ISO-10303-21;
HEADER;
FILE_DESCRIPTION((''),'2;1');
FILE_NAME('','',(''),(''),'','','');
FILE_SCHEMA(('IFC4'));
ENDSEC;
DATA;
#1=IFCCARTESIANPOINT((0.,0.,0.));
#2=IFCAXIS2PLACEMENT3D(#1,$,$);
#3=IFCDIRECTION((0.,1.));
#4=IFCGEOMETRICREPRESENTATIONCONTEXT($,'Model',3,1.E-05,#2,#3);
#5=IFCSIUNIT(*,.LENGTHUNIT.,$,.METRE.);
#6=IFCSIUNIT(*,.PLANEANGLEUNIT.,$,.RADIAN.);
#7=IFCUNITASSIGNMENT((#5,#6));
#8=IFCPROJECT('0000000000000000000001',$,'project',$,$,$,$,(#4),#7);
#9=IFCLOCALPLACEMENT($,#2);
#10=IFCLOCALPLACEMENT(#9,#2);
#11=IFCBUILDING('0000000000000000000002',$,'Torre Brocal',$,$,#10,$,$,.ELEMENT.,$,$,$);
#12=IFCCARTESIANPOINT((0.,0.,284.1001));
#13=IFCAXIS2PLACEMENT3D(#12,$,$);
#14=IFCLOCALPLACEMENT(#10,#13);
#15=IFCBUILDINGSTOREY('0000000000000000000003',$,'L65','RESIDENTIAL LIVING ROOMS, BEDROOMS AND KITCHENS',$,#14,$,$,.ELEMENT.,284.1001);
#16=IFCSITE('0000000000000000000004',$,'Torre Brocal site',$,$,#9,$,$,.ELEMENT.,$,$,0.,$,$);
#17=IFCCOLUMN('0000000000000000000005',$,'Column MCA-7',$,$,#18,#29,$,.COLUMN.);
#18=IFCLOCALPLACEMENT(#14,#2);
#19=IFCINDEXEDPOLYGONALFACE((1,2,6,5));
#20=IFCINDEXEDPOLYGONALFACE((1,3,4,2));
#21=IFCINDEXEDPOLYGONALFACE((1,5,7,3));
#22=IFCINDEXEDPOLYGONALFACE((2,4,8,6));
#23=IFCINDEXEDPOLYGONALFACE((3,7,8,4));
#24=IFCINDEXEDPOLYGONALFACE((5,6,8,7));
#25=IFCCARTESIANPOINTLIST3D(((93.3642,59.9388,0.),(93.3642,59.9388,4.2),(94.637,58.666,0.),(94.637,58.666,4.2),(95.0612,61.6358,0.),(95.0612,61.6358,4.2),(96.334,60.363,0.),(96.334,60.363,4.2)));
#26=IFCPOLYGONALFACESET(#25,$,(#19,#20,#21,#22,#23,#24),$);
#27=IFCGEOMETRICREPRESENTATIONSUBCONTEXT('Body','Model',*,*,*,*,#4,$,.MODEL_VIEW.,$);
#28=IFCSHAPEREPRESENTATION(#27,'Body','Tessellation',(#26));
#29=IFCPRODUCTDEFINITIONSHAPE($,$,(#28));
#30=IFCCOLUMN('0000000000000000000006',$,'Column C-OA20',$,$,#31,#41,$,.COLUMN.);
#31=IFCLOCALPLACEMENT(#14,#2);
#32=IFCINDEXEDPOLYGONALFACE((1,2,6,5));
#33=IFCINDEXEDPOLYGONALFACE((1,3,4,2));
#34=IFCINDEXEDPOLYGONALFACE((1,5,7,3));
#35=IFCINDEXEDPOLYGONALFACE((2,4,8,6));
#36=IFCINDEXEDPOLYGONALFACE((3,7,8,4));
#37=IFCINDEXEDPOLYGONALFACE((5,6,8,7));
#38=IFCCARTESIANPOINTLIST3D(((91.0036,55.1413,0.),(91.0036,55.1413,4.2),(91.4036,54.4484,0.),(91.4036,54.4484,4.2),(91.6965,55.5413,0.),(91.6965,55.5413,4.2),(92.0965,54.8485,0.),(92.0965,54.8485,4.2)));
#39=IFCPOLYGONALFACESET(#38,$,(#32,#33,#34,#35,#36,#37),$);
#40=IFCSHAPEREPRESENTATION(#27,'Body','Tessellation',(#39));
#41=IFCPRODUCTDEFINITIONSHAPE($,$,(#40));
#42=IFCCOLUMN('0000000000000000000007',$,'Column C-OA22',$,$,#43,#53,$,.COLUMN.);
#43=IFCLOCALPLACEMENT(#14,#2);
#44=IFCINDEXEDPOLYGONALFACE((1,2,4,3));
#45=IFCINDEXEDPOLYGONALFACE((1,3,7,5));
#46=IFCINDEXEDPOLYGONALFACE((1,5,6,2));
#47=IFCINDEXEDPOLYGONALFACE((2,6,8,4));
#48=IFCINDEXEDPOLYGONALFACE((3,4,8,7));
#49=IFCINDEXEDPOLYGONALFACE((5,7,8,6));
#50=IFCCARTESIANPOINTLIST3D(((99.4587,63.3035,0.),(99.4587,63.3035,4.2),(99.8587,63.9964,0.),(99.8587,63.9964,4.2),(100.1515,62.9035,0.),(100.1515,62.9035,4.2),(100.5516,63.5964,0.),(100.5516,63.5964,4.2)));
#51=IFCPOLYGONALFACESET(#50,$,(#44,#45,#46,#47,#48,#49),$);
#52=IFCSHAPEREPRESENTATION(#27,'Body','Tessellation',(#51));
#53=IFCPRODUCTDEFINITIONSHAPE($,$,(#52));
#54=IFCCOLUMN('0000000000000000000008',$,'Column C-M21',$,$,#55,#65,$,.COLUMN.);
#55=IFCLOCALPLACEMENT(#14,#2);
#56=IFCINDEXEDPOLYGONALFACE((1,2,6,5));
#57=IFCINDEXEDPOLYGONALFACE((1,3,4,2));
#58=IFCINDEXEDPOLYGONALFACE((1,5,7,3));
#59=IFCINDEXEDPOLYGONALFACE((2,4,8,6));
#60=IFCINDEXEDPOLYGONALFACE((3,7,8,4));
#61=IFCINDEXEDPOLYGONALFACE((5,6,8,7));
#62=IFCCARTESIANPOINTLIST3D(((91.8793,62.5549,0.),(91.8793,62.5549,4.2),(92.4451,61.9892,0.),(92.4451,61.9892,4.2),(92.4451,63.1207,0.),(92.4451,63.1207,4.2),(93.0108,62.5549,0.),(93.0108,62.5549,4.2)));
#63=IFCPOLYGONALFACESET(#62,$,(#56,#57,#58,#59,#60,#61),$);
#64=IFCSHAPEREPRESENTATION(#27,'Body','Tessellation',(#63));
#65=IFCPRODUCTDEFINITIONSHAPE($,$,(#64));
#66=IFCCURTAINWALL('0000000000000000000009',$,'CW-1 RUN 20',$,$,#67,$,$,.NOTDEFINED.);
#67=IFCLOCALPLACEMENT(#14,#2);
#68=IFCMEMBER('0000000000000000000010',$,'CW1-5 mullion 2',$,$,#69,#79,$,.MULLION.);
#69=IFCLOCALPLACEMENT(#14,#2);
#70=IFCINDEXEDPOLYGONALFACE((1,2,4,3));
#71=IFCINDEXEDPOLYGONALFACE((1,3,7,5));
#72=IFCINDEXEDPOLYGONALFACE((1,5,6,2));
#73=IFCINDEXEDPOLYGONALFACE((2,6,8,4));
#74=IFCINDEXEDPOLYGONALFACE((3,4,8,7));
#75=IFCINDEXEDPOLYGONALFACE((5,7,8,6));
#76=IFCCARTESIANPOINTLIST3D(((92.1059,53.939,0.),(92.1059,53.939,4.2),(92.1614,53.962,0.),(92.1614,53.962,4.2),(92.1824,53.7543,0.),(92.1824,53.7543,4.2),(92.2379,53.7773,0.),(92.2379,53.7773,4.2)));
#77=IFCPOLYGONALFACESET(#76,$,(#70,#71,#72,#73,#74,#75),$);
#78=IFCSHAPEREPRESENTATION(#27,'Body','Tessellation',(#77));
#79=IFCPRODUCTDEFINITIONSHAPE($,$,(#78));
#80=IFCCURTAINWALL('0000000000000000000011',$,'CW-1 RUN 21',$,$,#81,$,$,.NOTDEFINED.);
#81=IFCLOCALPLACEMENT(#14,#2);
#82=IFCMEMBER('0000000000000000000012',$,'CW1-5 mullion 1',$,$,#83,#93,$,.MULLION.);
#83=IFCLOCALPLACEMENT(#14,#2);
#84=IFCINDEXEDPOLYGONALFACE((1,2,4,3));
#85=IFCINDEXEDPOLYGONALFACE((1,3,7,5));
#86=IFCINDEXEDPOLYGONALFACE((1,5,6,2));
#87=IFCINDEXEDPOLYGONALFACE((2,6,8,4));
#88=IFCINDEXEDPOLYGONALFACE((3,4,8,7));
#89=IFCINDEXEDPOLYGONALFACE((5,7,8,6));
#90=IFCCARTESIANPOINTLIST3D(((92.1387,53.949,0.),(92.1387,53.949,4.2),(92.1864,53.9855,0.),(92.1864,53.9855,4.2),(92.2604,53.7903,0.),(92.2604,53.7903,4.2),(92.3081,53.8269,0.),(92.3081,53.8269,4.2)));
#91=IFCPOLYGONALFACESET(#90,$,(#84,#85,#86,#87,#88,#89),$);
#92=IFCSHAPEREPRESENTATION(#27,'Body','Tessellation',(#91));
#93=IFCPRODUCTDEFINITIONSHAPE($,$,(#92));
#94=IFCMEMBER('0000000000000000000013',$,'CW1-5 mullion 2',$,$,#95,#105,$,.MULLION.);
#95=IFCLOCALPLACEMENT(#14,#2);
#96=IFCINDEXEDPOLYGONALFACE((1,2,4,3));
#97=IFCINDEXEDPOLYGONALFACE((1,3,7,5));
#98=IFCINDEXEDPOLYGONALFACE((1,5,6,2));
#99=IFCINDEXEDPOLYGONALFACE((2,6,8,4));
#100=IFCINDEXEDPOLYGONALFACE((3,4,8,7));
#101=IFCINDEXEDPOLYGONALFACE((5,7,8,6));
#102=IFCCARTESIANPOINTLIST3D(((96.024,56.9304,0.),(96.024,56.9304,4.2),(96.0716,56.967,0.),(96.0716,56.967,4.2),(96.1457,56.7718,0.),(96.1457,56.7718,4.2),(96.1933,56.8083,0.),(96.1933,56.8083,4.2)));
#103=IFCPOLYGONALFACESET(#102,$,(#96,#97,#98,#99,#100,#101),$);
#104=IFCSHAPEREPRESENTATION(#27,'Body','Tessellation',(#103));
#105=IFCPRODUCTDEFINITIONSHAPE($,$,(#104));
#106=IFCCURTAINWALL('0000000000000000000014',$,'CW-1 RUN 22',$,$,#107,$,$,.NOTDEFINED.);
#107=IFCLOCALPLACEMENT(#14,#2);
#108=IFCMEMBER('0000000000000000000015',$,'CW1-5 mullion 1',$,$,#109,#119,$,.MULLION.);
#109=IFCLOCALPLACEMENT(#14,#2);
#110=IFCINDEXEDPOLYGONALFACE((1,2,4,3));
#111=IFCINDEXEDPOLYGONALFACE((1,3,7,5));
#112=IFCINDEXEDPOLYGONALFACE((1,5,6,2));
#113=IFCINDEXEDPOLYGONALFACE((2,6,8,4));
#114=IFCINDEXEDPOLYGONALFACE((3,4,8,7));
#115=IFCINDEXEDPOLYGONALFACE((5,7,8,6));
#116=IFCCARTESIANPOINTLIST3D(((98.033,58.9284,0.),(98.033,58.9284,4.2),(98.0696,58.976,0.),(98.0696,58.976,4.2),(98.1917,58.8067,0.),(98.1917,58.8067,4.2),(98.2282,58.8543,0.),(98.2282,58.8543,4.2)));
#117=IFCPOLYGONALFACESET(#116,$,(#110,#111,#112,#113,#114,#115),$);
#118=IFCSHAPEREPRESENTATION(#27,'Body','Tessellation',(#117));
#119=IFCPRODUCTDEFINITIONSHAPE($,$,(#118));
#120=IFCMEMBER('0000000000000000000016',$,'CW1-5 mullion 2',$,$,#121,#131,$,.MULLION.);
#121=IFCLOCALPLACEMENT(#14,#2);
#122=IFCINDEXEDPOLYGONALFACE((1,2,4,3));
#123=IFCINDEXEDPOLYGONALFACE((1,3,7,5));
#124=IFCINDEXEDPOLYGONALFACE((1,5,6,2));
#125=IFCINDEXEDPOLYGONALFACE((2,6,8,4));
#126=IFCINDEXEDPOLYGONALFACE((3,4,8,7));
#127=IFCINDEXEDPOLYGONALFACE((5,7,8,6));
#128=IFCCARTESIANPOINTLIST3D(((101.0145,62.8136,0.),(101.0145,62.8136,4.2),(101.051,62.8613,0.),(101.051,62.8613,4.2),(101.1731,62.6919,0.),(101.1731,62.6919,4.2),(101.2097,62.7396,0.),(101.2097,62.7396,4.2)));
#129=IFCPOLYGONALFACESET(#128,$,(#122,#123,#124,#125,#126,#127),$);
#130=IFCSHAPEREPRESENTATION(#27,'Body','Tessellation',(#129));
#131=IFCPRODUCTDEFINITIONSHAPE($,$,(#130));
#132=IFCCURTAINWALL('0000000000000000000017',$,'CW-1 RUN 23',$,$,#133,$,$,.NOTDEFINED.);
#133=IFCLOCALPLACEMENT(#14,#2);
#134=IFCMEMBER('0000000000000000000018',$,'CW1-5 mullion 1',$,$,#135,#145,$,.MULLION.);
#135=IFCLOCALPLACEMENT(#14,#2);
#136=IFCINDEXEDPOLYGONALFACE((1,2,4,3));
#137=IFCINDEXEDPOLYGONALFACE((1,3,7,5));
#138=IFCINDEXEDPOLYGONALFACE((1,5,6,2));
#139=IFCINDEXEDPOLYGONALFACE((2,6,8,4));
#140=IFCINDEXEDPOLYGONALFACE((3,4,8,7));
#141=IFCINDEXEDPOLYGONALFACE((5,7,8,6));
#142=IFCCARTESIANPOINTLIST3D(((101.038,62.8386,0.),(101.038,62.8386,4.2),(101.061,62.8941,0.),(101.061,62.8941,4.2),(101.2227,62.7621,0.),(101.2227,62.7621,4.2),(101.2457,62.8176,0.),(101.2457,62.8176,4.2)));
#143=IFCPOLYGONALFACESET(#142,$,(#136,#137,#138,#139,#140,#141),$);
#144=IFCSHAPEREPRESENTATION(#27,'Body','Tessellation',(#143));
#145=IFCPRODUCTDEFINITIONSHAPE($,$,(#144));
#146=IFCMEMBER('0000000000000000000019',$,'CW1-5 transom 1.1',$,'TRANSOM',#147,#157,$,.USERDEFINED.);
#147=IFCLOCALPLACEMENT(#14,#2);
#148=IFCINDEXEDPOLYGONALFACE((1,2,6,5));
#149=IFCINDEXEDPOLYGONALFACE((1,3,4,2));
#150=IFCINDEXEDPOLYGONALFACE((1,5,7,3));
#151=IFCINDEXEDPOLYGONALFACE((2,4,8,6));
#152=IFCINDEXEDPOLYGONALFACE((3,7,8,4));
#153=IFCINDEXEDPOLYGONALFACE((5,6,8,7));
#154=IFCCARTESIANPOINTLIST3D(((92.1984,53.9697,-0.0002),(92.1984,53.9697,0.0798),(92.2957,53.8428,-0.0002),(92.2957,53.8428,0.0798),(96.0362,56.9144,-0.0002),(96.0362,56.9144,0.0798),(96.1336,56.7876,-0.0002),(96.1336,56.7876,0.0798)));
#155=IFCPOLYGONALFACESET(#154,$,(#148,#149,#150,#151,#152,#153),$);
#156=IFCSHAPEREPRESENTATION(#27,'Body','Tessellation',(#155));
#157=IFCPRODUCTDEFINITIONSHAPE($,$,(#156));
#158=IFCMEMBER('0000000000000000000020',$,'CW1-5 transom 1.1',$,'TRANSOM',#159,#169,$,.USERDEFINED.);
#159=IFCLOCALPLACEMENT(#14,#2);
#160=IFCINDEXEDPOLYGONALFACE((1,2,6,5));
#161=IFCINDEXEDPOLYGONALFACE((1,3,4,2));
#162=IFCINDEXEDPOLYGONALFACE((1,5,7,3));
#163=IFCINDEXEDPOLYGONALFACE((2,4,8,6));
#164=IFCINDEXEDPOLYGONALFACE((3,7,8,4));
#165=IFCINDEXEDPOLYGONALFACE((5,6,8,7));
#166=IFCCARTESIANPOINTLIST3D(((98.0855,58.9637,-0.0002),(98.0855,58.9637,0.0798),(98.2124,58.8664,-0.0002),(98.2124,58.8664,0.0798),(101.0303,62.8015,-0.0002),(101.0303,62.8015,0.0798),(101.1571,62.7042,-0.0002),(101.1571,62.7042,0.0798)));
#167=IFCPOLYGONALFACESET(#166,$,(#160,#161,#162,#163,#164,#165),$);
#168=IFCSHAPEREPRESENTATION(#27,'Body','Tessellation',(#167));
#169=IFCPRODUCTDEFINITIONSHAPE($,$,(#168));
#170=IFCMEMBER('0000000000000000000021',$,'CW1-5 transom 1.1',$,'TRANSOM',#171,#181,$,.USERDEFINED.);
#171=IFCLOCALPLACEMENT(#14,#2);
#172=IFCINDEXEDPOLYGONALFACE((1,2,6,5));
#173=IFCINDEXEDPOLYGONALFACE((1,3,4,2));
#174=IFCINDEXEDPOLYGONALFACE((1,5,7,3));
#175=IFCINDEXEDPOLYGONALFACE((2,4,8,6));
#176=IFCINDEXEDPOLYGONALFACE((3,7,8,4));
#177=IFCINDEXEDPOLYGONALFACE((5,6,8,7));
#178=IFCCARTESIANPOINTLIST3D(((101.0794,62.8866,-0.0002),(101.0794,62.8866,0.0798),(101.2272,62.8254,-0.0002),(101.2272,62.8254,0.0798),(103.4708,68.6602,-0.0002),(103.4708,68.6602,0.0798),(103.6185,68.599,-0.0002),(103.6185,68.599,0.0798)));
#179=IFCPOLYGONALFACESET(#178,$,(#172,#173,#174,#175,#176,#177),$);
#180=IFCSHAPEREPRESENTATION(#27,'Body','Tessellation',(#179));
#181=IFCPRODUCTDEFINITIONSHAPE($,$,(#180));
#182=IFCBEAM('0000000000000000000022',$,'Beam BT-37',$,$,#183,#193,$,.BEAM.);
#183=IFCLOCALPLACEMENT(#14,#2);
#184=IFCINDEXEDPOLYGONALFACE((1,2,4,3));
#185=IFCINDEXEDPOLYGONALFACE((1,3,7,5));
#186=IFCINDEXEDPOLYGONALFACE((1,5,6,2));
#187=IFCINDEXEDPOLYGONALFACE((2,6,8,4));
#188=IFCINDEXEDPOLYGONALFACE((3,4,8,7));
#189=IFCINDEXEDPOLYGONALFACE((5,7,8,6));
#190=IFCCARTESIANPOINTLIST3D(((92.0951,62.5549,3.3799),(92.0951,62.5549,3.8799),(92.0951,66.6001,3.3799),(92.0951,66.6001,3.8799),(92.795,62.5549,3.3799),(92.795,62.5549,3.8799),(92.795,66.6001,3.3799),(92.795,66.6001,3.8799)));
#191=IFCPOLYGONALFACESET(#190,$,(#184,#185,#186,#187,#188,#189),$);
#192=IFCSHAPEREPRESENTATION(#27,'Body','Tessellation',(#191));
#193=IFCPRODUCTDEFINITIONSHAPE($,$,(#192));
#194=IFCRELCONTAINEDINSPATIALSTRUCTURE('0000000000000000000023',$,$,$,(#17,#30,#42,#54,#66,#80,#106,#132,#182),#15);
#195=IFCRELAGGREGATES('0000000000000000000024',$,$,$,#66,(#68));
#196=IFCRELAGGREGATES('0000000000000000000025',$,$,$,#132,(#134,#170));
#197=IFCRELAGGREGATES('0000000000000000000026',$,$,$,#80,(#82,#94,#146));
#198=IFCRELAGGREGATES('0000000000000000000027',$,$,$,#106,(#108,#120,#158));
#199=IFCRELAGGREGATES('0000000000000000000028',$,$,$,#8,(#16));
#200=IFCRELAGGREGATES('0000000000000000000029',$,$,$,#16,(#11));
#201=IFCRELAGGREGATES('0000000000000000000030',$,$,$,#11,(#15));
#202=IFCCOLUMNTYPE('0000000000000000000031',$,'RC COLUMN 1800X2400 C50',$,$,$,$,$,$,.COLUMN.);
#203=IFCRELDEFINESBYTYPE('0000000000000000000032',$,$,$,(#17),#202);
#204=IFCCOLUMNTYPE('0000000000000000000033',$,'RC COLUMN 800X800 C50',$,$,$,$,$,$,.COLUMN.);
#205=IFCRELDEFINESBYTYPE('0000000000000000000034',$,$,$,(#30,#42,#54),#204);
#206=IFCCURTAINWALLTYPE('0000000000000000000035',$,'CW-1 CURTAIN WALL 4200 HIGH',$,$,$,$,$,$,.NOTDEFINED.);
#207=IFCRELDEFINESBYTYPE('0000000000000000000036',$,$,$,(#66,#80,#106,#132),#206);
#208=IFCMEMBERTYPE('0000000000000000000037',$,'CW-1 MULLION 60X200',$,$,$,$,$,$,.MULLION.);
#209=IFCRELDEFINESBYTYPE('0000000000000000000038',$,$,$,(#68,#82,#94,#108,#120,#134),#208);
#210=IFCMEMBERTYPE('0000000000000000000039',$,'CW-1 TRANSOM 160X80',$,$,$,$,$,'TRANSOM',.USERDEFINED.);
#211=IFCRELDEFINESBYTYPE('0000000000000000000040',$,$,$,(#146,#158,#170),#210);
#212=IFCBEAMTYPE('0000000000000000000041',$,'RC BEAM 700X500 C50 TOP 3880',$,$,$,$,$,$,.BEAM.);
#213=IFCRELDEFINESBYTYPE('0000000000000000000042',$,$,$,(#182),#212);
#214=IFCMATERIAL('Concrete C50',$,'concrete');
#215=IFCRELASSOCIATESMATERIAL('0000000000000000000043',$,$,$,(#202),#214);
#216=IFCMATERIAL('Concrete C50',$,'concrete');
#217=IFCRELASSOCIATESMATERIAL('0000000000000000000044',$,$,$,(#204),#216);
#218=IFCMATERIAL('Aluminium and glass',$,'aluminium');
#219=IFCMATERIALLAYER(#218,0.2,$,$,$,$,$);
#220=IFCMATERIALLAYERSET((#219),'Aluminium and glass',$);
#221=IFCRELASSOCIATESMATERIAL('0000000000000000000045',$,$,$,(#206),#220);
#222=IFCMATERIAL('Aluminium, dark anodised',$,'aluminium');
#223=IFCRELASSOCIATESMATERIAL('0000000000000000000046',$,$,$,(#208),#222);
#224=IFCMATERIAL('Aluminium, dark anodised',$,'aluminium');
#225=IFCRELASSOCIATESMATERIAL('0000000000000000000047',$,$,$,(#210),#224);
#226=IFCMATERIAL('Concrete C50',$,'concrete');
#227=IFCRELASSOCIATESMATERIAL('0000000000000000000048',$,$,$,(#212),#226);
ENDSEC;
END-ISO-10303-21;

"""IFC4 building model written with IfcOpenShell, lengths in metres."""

from ifc_helpers import new_model, si_unit, direction, frame, origin, origin_2d, place, context, subcontext, project, spatial, rectangle, extrude, material, layer, layer_set, material_profile, profile_set, type_object, element, aggregate, save


model = new_model("IFC4")

# Units and contexts
model_context = context("Model", 3, precision=1e-05, world=origin(), true_north=direction((0.0, 1.0)))
body_context = subcontext(model_context, "Body", "Model", "MODEL_VIEW")
ifc_project = project(units=[si_unit("LENGTHUNIT", "METRE"), si_unit("PLANEANGLEUNIT", "RADIAN")], contexts=[model_context])

# Site, building, storey
site_placement = place(None, origin())
site = spatial("IfcSite", under=ifc_project, at=site_placement, Name="Torre Brocal site", CompositionType="ELEMENT", RefElevation=0.0)
building_placement = place(site_placement, origin())
building = spatial("IfcBuilding", under=site, at=building_placement, Name="Torre Brocal", CompositionType="ELEMENT")
storey_placement = place(building_placement, frame((0.0, 0.0, 284.1001)))
storey = spatial("IfcBuildingStorey", under=building, at=storey_placement, Name="L65", Description="RESIDENTIAL LIVING ROOMS, BEDROOMS AND KITCHENS", CompositionType="ELEMENT", Elevation=284.1001)

# Columns
ifc_material_1 = material(Name="Concrete C50", Category="concrete")
ifc_material_profile_1 = material_profile(ifc_material_1, rectangle(XDim=1.8, YDim=2.3999, at=origin_2d()), Name="RC 1800X2400")
ifc_profile_set_1 = profile_set([ifc_material_profile_1], Name="Concrete C50")
column_type_1 = type_object("IfcColumnType", Name="RC COLUMN 1800X2400 C50", PredefinedType="COLUMN", material=ifc_profile_set_1)
column_placement = place(storey_placement, frame((94.8491, 60.1509, 0.0), z_axis=(0.0, 0.0, 1.0), x_axis=(0.707107, -0.707107, 0.0)))
element("IfcColumn", 1, at=column_placement, inside=storey, type_object=column_type_1, Name="Column MCA-7", PredefinedType="COLUMN", context=body_context, shape_type="SweptSolid", body=[
    extrude(rectangle(XDim=1.8, YDim=2.3999, at=origin_2d()), origin(), (0.0, 0.0, 1.0), 4.2),
])
ifc_material_2 = material(Name="Concrete C50", Category="concrete")
ifc_material_profile_2 = material_profile(ifc_material_2, rectangle(XDim=0.8, YDim=0.8, at=origin_2d()), Name="RC 800X800")
ifc_profile_set_2 = profile_set([ifc_material_profile_2], Name="Concrete C50")
column_type_2 = type_object("IfcColumnType", Name="RC COLUMN 800X800 C50", PredefinedType="COLUMN", material=ifc_profile_set_2)
for number, where, z_axis, x_axis, name in (
    (2, (91.55, 54.9949, 0.0), (0.0, 0.0, 1.0), (0.5, -0.866025, 0.0), "Column C-OA20"),
    (3, (100.0051, 63.45, 0.0), (0.0, 0.0, 1.0), (0.866025, -0.5, 0.0), "Column C-OA22"),
    (4, (92.4451, 62.5549, 0.0), (0.0, 0.0, 1.0), (0.707107, -0.707107, 0.0), "Column C-M21"),
):
    element("IfcColumn", number, at=place(storey_placement, frame(where, z_axis=z_axis, x_axis=x_axis)), inside=storey, type_object=column_type_2, Name=name, PredefinedType="COLUMN", context=body_context, shape_type="SweptSolid", body=[
        extrude(rectangle(XDim=0.8, YDim=0.8, at=origin_2d()), origin(), (0.0, 0.0, 1.0), 4.2),
    ])

# Curtain wall, member
ifc_material_3 = material(Name="Aluminium and glass", Category="aluminium")
ifc_layer_1 = layer(ifc_material_3, 0.2)
ifc_layer_set_1 = layer_set([ifc_layer_1], Name="Aluminium and glass")
curtain_wall_type = type_object("IfcCurtainWallType", Name="CW-1 CURTAIN WALL 4200 HIGH", PredefinedType="NOTDEFINED", material=ifc_layer_set_1)
curtain_wall_1_placement = place(storey_placement, origin())
curtain_wall_1 = element("IfcCurtainWall", 5, at=curtain_wall_1_placement, inside=storey, type_object=curtain_wall_type, Name="CW-1 RUN 20", PredefinedType="NOTDEFINED")
ifc_material_4 = material(Name="Aluminium, dark anodised", Category="aluminium")
ifc_material_profile_3 = material_profile(ifc_material_4, rectangle(XDim=0.2, YDim=0.0601, at=origin_2d()), Name="CW-1 MULLION 60X200")
ifc_profile_set_3 = profile_set([ifc_material_profile_3], Name="Aluminium, dark anodised")
member_type_1 = type_object("IfcMemberType", Name="CW-1 MULLION 60X200", PredefinedType="MULLION", material=ifc_profile_set_3)
member_1_placement = place(storey_placement, frame((92.1719, 53.8582, 0.0), z_axis=(0.0, 0.0, 1.0), x_axis=(-0.382683, 0.92388, 0.0)))
member_1 = element("IfcMember", 6, at=member_1_placement, type_object=member_type_1, Name="CW1-5 mullion 2", PredefinedType="MULLION", context=body_context, shape_type="SweptSolid", body=[
    extrude(rectangle(XDim=0.2, YDim=0.0601, at=origin_2d()), origin(), (0.0, 0.0, 1.0), 4.2),
])
aggregate(curtain_wall_1, [member_1])

# Curtain walls, members
curtain_wall_2_placement = place(storey_placement, origin())
curtain_wall_2 = element("IfcCurtainWall", 7, at=curtain_wall_2_placement, inside=storey, type_object=curtain_wall_type, Name="CW-1 RUN 21", PredefinedType="NOTDEFINED")
member_2_placement = place(storey_placement, frame((92.2234, 53.8879, 0.0), z_axis=(0.0, 0.0, 1.0), x_axis=(-0.608761, 0.793353, 0.0)))
member_2 = element("IfcMember", 8, at=member_2_placement, type_object=member_type_1, Name="CW1-5 mullion 1", PredefinedType="MULLION", context=body_context, shape_type="SweptSolid", body=[
    extrude(rectangle(XDim=0.2, YDim=0.0601, at=origin_2d()), origin(), (0.0, 0.0, 1.0), 4.2),
])
member_3_placement = place(storey_placement, frame((96.1086, 56.8694, 0.0), z_axis=(0.0, 0.0, 1.0), x_axis=(-0.608761, 0.793353, 0.0)))
member_3 = element("IfcMember", 9, at=member_3_placement, type_object=member_type_1, Name="CW1-5 mullion 2", PredefinedType="MULLION", context=body_context, shape_type="SweptSolid", body=[
    extrude(rectangle(XDim=0.2, YDim=0.0601, at=origin_2d()), origin(), (0.0, 0.0, 1.0), 4.2),
])
curtain_wall_3_placement = place(storey_placement, origin())
curtain_wall_3 = element("IfcCurtainWall", 10, at=curtain_wall_3_placement, inside=storey, type_object=curtain_wall_type, Name="CW-1 RUN 22", PredefinedType="NOTDEFINED")
member_4_placement = place(storey_placement, frame((98.1306, 58.8914, 0.0), z_axis=(0.0, 0.0, 1.0), x_axis=(-0.793353, 0.608761, 0.0)))
member_4 = element("IfcMember", 11, at=member_4_placement, type_object=member_type_1, Name="CW1-5 mullion 1", PredefinedType="MULLION", context=body_context, shape_type="SweptSolid", body=[
    extrude(rectangle(XDim=0.2, YDim=0.0601, at=origin_2d()), origin(), (0.0, 0.0, 1.0), 4.2),
])
member_5_placement = place(storey_placement, frame((101.1121, 62.7766, 0.0), z_axis=(0.0, 0.0, 1.0), x_axis=(-0.793353, 0.608761, 0.0)))
member_5 = element("IfcMember", 12, at=member_5_placement, type_object=member_type_1, Name="CW1-5 mullion 2", PredefinedType="MULLION", context=body_context, shape_type="SweptSolid", body=[
    extrude(rectangle(XDim=0.2, YDim=0.0601, at=origin_2d()), origin(), (0.0, 0.0, 1.0), 4.2),
])

# Curtain wall, member
curtain_wall_4_placement = place(storey_placement, origin())
curtain_wall_4 = element("IfcCurtainWall", 13, at=curtain_wall_4_placement, inside=storey, type_object=curtain_wall_type, Name="CW-1 RUN 23", PredefinedType="NOTDEFINED")
member_6_placement = place(storey_placement, frame((101.1418, 62.8281, 0.0), z_axis=(0.0, 0.0, 1.0), x_axis=(-0.92388, 0.382683, 0.0)))
member_6 = element("IfcMember", 14, at=member_6_placement, type_object=member_type_1, Name="CW1-5 mullion 1", PredefinedType="MULLION", context=body_context, shape_type="SweptSolid", body=[
    extrude(rectangle(XDim=0.2, YDim=0.0601, at=origin_2d()), origin(), (0.0, 0.0, 1.0), 4.2),
])

# Members
ifc_material_5 = material(Name="Aluminium, dark anodised", Category="aluminium")
ifc_material_profile_4 = material_profile(ifc_material_5, rectangle(XDim=0.1599, YDim=0.0801, at=origin_2d()), Name="CW-1 TRANSOM 160X80")
ifc_profile_set_4 = profile_set([ifc_material_profile_4], Name="Aluminium, dark anodised")
member_type_2 = type_object("IfcMemberType", Name="CW-1 TRANSOM 160X80", ElementType="TRANSOM", PredefinedType="USERDEFINED", material=ifc_profile_set_4)
member_7_placement = place(storey_placement, frame((92.2471, 53.9062, 0.0398), z_axis=(0.793363, 0.608749, 0.0), x_axis=(-0.608749, 0.793363, 0.0)))
member_7 = element("IfcMember", 15, at=member_7_placement, type_object=member_type_2, Name="CW1-5 transom 1.1", ObjectType="TRANSOM", PredefinedType="USERDEFINED", context=body_context, shape_type="SweptSolid", body=[
    extrude(rectangle(XDim=0.1599, YDim=0.0801, at=origin_2d()), origin(), (0.0, 0.0, 1.0), 4.8374),
])
member_8_placement = place(storey_placement, frame((98.1489, 58.915, 0.0398), z_axis=(0.608749, 0.793363, 0.0), x_axis=(-0.793363, 0.608749, 0.0)))
member_8 = element("IfcMember", 16, at=member_8_placement, type_object=member_type_2, Name="CW1-5 transom 1.1", ObjectType="TRANSOM", PredefinedType="USERDEFINED", context=body_context, shape_type="SweptSolid", body=[
    extrude(rectangle(XDim=0.1599, YDim=0.0801, at=origin_2d()), origin(), (0.0, 0.0, 1.0), 4.8374),
])
member_9_placement = place(storey_placement, frame((101.1533, 62.856, 0.0398), z_axis=(0.382659, 0.92389, 0.0), x_axis=(-0.92389, 0.382659, 0.0)))
member_9 = element("IfcMember", 17, at=member_9_placement, type_object=member_type_2, Name="CW1-5 transom 1.1", ObjectType="TRANSOM", PredefinedType="USERDEFINED", context=body_context, shape_type="SweptSolid", body=[
    extrude(rectangle(XDim=0.1599, YDim=0.0801, at=origin_2d()), origin(), (0.0, 0.0, 1.0), 6.2493),
])
aggregate(curtain_wall_4, [member_6, member_9])

# Beam
ifc_material_6 = material(Name="Concrete C50", Category="concrete")
ifc_material_profile_5 = material_profile(ifc_material_6, rectangle(XDim=0.7, YDim=0.5, at=origin_2d()), Name="RC 700X500")
ifc_profile_set_5 = profile_set([ifc_material_profile_5], Name="Concrete C50")
beam_type_1 = type_object("IfcBeamType", Name="RC BEAM 700X500 C50 TOP 3880", PredefinedType="BEAM", material=ifc_profile_set_5)
beam_placement = place(storey_placement, frame((92.4451, 62.5549, 3.6299), z_axis=(0.0, 1.0, 0.0), x_axis=(-1.0, 0.0, 0.0)))
element("IfcBeam", 18, at=beam_placement, inside=storey, type_object=beam_type_1, Name="Beam BT-37", PredefinedType="BEAM", context=body_context, shape_type="SweptSolid", body=[
    extrude(rectangle(XDim=0.7, YDim=0.5, at=origin_2d()), origin(), (0.0, 0.0, 1.0), 4.0452),
])

aggregate(curtain_wall_2, [member_2, member_3, member_7])
aggregate(curtain_wall_3, [member_4, member_5, member_8])

save(model, "model.ifc")
